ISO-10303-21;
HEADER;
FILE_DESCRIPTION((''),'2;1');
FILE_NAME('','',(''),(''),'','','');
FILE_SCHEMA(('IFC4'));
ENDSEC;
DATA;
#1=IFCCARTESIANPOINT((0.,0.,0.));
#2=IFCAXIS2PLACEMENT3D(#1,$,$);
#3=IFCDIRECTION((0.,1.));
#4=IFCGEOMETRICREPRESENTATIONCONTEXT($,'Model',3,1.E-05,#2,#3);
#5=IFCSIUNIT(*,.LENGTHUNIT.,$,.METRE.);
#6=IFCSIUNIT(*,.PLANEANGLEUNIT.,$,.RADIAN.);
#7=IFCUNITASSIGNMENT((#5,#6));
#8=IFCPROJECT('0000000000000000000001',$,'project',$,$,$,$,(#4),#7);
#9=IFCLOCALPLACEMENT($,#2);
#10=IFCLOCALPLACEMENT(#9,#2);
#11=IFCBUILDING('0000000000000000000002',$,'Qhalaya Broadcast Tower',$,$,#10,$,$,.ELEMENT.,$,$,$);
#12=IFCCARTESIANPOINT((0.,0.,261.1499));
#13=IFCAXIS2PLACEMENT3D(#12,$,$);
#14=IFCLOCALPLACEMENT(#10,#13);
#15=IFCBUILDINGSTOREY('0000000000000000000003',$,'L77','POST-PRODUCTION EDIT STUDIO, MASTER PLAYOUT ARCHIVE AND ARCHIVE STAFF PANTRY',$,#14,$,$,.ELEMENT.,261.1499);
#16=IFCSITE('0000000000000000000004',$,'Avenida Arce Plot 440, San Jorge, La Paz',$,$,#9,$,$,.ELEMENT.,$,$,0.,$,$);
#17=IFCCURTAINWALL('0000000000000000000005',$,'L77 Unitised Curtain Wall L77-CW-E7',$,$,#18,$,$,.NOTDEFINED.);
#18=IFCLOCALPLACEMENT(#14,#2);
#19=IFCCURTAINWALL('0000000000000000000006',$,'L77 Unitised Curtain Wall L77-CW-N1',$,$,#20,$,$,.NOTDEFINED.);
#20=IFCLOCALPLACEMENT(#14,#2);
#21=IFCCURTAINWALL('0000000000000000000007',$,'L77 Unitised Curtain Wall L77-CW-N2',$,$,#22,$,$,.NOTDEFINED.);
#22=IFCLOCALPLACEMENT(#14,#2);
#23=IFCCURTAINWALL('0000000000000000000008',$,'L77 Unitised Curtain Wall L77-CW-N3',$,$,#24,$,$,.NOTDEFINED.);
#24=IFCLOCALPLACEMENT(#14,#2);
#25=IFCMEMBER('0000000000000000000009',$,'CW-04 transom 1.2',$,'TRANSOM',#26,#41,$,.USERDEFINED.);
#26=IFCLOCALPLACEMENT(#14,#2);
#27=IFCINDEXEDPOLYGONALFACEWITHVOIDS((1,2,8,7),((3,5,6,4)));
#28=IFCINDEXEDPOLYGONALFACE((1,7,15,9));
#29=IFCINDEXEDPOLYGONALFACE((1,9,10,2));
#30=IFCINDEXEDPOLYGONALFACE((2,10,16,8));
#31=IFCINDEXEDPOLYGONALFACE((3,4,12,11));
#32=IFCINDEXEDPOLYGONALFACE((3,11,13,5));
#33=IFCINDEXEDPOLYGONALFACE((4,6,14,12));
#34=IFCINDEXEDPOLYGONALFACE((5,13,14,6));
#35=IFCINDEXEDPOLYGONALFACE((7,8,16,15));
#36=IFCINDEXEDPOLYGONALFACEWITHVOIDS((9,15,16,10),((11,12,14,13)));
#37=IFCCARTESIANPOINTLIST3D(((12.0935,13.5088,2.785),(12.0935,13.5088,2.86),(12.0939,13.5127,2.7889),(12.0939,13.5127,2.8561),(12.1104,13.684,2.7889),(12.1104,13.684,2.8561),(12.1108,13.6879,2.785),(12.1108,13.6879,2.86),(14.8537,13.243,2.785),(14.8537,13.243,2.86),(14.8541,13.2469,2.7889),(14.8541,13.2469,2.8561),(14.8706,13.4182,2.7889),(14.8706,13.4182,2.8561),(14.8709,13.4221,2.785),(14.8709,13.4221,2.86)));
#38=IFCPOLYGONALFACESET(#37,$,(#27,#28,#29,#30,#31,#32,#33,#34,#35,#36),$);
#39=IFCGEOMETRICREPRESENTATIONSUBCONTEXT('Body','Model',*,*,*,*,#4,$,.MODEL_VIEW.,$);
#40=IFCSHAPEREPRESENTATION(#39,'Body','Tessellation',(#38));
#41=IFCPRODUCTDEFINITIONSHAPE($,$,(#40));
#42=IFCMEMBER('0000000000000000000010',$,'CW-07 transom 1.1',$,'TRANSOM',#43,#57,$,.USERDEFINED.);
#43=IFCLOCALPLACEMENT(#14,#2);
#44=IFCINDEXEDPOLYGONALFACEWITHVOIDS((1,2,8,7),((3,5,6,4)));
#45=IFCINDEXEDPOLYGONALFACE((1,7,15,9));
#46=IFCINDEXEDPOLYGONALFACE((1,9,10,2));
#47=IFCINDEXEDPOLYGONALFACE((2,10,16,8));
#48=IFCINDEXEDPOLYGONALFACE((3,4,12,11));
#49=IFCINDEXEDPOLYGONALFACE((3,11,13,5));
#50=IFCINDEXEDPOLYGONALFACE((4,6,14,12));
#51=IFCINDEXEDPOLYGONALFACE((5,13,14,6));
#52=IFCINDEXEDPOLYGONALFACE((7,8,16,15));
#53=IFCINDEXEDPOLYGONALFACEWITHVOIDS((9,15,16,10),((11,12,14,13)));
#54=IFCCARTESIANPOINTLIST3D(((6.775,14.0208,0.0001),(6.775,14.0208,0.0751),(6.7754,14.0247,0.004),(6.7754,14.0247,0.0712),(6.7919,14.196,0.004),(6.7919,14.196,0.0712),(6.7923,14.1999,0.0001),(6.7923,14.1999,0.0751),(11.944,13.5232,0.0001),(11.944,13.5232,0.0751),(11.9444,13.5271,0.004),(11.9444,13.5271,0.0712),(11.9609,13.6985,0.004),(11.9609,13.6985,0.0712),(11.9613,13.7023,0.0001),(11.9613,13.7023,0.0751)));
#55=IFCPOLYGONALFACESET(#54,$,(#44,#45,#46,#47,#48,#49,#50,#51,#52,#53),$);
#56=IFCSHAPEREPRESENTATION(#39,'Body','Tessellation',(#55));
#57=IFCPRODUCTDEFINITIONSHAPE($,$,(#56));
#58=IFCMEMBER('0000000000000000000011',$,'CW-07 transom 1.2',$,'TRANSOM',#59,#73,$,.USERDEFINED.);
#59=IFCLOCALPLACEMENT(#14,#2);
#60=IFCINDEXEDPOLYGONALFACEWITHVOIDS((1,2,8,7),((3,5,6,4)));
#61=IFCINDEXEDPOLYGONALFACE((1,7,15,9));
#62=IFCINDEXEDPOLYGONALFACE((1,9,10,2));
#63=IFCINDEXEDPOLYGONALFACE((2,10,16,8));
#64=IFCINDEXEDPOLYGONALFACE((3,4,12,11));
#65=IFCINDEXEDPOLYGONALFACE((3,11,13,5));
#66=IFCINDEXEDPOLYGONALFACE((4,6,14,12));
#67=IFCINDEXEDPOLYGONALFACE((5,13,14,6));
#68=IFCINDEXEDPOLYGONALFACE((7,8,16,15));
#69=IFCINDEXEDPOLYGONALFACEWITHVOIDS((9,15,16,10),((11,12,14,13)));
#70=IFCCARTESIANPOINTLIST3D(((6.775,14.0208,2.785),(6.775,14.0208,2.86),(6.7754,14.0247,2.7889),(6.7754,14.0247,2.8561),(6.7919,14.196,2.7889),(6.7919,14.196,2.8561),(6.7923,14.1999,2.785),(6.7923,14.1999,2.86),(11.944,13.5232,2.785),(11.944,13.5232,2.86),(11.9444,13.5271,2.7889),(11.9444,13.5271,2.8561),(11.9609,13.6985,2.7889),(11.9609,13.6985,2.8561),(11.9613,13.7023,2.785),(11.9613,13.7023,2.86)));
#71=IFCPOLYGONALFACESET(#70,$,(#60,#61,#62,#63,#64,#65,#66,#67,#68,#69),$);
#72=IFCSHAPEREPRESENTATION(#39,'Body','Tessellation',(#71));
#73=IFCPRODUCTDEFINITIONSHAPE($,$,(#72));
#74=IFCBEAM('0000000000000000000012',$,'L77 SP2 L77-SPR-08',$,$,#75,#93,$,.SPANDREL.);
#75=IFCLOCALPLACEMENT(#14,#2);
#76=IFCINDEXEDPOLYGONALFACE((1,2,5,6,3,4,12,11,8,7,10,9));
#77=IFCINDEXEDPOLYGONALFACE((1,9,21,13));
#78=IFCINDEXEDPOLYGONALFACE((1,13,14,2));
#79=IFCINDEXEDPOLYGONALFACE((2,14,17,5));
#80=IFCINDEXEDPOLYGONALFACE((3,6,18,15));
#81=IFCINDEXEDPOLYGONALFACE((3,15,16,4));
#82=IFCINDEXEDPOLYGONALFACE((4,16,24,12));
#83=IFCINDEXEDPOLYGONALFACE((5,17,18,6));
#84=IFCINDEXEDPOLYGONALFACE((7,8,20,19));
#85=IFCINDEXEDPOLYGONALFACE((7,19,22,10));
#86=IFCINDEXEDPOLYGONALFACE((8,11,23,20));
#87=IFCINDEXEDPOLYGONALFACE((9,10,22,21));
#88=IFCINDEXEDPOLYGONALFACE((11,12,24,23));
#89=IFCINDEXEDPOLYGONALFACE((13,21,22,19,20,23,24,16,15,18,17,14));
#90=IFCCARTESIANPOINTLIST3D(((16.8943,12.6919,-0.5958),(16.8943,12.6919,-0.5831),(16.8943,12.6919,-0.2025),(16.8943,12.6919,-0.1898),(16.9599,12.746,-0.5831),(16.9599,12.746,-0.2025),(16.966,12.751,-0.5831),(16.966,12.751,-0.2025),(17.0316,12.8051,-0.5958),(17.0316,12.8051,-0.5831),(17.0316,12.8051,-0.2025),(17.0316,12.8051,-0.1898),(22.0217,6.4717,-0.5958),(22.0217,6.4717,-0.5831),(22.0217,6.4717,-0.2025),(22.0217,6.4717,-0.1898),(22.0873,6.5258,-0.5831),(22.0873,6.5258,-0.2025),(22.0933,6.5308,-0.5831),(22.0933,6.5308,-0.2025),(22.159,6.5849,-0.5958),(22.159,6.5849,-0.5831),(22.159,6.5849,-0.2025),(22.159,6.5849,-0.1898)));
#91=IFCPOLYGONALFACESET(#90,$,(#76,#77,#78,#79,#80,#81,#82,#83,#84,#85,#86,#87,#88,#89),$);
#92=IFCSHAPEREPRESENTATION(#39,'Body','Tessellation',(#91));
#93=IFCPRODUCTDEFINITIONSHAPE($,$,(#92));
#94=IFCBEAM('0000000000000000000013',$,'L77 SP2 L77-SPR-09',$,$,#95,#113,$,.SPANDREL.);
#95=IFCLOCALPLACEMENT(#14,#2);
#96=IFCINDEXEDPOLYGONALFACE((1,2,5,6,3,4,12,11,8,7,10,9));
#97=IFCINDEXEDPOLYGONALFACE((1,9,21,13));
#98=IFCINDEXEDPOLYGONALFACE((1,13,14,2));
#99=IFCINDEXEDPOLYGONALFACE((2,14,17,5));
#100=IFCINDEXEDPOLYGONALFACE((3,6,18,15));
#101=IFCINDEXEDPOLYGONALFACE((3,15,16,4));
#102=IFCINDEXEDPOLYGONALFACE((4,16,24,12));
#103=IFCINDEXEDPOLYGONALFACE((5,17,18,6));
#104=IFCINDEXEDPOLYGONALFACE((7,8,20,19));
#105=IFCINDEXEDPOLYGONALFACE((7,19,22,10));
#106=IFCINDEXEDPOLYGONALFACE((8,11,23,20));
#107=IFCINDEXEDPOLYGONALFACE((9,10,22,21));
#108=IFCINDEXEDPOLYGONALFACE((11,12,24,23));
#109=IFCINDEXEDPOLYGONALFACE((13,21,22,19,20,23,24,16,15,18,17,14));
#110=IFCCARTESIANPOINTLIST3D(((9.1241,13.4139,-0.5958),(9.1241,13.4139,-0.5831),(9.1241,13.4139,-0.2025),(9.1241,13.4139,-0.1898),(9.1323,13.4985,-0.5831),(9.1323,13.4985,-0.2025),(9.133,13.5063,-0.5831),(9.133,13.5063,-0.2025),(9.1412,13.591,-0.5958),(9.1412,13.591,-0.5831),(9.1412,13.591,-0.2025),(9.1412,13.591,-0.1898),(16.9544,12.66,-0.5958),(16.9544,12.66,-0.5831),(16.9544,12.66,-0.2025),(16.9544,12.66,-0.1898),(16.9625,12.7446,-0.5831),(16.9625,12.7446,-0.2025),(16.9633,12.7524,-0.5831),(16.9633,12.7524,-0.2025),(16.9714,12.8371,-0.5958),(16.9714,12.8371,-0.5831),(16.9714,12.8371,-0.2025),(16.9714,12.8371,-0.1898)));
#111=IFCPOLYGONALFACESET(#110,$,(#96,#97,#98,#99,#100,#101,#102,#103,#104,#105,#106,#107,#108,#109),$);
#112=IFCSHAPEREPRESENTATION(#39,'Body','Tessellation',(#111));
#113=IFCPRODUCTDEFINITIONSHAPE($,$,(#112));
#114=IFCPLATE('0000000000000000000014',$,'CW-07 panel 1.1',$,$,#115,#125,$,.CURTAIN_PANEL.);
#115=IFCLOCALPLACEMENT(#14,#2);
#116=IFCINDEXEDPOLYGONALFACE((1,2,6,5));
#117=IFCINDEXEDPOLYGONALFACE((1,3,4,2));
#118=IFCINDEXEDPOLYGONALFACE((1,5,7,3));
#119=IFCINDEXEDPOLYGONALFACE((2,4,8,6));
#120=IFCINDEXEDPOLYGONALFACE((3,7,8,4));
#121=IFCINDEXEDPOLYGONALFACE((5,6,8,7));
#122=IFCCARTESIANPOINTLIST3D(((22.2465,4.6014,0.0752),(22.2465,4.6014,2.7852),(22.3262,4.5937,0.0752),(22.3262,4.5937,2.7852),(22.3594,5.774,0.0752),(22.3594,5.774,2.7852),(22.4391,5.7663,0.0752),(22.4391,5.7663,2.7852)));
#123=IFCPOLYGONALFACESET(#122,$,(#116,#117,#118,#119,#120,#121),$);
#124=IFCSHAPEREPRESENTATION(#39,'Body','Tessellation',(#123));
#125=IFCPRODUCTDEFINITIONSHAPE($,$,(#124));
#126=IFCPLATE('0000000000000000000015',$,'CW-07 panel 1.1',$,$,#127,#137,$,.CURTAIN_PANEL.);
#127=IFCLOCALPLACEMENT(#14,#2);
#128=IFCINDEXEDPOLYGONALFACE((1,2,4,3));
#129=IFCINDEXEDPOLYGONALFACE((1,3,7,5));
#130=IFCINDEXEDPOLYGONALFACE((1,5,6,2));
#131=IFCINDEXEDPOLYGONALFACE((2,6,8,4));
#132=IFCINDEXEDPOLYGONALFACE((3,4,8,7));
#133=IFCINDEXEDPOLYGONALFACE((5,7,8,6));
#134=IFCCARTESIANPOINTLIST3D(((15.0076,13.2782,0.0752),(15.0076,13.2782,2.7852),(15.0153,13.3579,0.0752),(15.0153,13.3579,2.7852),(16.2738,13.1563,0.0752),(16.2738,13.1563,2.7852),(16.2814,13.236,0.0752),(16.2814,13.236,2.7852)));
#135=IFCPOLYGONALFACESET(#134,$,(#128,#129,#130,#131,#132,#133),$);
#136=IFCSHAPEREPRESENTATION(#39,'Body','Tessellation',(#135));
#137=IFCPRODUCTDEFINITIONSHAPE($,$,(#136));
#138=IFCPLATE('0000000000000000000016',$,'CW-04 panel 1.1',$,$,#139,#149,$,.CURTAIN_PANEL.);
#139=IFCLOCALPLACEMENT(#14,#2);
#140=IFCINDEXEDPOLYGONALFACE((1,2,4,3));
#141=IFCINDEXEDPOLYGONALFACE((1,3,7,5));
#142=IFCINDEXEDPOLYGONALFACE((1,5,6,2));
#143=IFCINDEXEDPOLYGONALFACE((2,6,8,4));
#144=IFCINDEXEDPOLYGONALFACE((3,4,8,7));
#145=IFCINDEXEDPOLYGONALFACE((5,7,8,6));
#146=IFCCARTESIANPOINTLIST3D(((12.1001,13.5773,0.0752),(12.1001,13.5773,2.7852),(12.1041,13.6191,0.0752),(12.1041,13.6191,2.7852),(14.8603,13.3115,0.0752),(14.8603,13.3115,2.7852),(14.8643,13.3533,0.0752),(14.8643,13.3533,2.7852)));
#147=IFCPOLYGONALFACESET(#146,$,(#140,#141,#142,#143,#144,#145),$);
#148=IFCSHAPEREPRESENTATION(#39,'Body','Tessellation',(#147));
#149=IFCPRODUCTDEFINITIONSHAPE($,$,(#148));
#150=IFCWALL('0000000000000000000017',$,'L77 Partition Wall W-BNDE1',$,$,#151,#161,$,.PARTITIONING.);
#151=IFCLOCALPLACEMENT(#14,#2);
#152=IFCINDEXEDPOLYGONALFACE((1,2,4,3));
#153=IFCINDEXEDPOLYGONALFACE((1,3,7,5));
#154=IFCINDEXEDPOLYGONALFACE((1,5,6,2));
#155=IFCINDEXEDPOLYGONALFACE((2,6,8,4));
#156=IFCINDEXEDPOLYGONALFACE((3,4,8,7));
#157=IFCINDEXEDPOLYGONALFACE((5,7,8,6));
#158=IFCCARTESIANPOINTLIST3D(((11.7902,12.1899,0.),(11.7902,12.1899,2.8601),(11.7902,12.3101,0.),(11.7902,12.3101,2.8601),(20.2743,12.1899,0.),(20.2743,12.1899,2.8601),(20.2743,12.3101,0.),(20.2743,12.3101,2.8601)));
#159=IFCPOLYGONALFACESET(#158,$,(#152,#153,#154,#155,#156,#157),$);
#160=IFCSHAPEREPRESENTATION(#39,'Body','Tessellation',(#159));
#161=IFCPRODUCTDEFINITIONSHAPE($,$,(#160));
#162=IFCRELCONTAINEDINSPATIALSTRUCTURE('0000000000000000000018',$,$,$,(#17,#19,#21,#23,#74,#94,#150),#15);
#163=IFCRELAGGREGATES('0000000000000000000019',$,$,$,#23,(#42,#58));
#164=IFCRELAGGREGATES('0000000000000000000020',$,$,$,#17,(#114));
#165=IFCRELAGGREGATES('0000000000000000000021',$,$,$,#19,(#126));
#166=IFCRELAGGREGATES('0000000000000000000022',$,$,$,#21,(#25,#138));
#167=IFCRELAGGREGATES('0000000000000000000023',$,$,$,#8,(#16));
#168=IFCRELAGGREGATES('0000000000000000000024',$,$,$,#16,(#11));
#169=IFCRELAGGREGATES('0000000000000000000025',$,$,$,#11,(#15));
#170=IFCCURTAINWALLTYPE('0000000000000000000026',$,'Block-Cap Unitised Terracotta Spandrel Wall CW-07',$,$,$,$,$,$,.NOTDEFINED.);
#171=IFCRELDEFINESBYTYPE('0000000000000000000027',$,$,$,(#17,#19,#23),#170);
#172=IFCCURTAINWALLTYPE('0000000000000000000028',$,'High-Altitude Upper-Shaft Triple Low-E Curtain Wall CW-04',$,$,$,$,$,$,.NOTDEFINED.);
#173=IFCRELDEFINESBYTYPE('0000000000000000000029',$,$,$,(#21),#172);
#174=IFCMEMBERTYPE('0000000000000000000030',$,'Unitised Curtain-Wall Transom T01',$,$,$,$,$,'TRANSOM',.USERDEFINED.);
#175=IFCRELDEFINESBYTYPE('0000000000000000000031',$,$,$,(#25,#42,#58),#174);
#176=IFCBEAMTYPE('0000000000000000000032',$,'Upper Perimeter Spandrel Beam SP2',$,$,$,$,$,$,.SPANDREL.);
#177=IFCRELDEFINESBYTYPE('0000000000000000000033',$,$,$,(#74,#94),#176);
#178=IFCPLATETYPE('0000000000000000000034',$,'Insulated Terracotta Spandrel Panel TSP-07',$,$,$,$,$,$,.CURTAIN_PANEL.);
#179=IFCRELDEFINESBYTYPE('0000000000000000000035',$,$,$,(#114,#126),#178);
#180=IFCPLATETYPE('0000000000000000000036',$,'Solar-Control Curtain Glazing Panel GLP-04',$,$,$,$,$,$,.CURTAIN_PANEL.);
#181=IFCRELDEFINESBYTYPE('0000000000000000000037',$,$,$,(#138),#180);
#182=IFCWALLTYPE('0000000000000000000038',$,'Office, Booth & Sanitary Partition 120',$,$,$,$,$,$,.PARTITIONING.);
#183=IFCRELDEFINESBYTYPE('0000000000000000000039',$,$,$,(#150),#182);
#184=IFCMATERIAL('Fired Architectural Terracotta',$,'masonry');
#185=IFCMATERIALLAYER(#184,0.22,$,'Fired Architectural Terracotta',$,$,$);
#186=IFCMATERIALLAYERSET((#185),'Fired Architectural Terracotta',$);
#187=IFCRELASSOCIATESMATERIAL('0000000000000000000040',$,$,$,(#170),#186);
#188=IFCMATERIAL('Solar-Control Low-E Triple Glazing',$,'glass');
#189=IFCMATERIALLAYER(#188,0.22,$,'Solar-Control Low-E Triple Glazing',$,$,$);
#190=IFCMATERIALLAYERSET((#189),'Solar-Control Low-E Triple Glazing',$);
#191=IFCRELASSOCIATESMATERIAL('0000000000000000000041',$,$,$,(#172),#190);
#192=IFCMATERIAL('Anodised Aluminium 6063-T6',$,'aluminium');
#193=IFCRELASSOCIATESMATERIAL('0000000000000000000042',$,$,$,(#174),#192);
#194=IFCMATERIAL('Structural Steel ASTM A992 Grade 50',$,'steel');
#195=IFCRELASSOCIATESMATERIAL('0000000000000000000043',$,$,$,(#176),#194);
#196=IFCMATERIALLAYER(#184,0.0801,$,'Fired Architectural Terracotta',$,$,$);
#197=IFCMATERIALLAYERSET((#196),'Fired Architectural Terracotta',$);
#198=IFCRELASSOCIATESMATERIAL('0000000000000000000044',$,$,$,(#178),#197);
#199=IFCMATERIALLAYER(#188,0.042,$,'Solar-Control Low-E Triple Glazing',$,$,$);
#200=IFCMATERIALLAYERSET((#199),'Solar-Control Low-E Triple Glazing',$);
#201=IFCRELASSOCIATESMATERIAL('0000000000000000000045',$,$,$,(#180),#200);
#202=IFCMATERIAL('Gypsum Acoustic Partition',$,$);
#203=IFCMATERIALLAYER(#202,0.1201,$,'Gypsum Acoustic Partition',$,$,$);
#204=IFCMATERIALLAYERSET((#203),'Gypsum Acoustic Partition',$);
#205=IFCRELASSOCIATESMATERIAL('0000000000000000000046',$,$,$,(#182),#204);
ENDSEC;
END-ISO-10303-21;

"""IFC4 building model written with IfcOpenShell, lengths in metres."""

from ifc_helpers import new_model, si_unit, direction, frame, frame_2d, origin, origin_2d, place, context, subcontext, project, spatial, rectangle, hollow_rectangle, i_section, extrude, material, layer, layer_set, material_profile, profile_set, type_object, element, aggregate, save


model = new_model("IFC4")

# Units and contexts
model_context = context("Model", 3, precision=1e-05, world=origin(), true_north=direction((0.0, 1.0)))
body_context = subcontext(model_context, "Body", "Model", "MODEL_VIEW")
ifc_project = project(units=[si_unit("LENGTHUNIT", "METRE"), si_unit("PLANEANGLEUNIT", "RADIAN")], contexts=[model_context])

# Site, building, storey
site_placement = place(None, origin())
site = spatial("IfcSite", under=ifc_project, at=site_placement, Name="Avenida Arce Plot 440, San Jorge, La Paz", CompositionType="ELEMENT", RefElevation=0.0)
building_placement = place(site_placement, origin())
building = spatial("IfcBuilding", under=site, at=building_placement, Name="Qhalaya Broadcast Tower", CompositionType="ELEMENT")
storey_placement = place(building_placement, frame((0.0, 0.0, 261.1499)))
storey = spatial("IfcBuildingStorey", under=building, at=storey_placement, Name="L77", Description="POST-PRODUCTION EDIT STUDIO, MASTER PLAYOUT ARCHIVE AND ARCHIVE STAFF PANTRY", CompositionType="ELEMENT", Elevation=261.1499)

# Curtain wall
ifc_material_1 = material(Name="Fired Architectural Terracotta", Category="masonry")
ifc_layer_1 = layer(ifc_material_1, 0.22, Name="Fired Architectural Terracotta")
ifc_layer_set_1 = layer_set([ifc_layer_1], Name="Fired Architectural Terracotta")
curtain_wall_type_1 = type_object("IfcCurtainWallType", Name="Block-Cap Unitised Terracotta Spandrel Wall CW-07", PredefinedType="NOTDEFINED", material=ifc_layer_set_1)
curtain_wall_1_placement = place(storey_placement, origin())
curtain_wall_1 = element("IfcCurtainWall", 1, at=curtain_wall_1_placement, inside=storey, type_object=curtain_wall_type_1, Name="L77 Unitised Curtain Wall L77-CW-E7", PredefinedType="NOTDEFINED")
ifc_material_2 = material(Name="Anodised Aluminium 6063-T6", Category="aluminium")

# Curtain walls
curtain_wall_2_placement = place(storey_placement, origin())
curtain_wall_2 = element("IfcCurtainWall", 2, at=curtain_wall_2_placement, inside=storey, type_object=curtain_wall_type_1, Name="L77 Unitised Curtain Wall L77-CW-N1", PredefinedType="NOTDEFINED")
ifc_material_3 = material(Name="Solar-Control Low-E Triple Glazing", Category="glass")
ifc_layer_2 = layer(ifc_material_3, 0.22, Name="Solar-Control Low-E Triple Glazing")
ifc_layer_set_2 = layer_set([ifc_layer_2], Name="Solar-Control Low-E Triple Glazing")
curtain_wall_type_2 = type_object("IfcCurtainWallType", Name="High-Altitude Upper-Shaft Triple Low-E Curtain Wall CW-04", PredefinedType="NOTDEFINED", material=ifc_layer_set_2)
curtain_wall_3_placement = place(storey_placement, origin())
curtain_wall_3 = element("IfcCurtainWall", 3, at=curtain_wall_3_placement, inside=storey, type_object=curtain_wall_type_2, Name="L77 Unitised Curtain Wall L77-CW-N2", PredefinedType="NOTDEFINED")

# Curtain wall
curtain_wall_4_placement = place(storey_placement, origin())
curtain_wall_4 = element("IfcCurtainWall", 4, at=curtain_wall_4_placement, inside=storey, type_object=curtain_wall_type_1, Name="L77 Unitised Curtain Wall L77-CW-N3", PredefinedType="NOTDEFINED")

# Members
ifc_material_profile_1 = material_profile(ifc_material_2, hollow_rectangle(XDim=0.075, YDim=0.1799, WallThickness=0.0039, at=origin_2d()), Name="ALU-TRN 75x180x4")
ifc_profile_set_1 = profile_set([ifc_material_profile_1], Name="Anodised Aluminium 6063-T6")
member_type_1 = type_object("IfcMemberType", Name="Unitised Curtain-Wall Transom T01", ElementType="TRANSOM", PredefinedType="USERDEFINED", material=ifc_profile_set_1)
member_1_placement = place(storey_placement, frame((14.8623, 13.3325, 2.8225), z_axis=(-0.995393, 0.095877, 0.0), x_axis=(0.0, 0.0, 1.0)))
member_1 = element("IfcMember", 5, at=member_1_placement, type_object=member_type_1, Name="CW-04 transom 1.2", ObjectType="TRANSOM", PredefinedType="USERDEFINED", context=body_context, shape_type="SweptSolid", body=[
    extrude(hollow_rectangle(XDim=0.075, YDim=0.1799, WallThickness=0.0039, at=origin_2d()), origin(), (0.0, 0.0, 1.0), 2.7729),
])
member_2_placement = place(storey_placement, frame((11.9526, 13.6128, 0.0376), z_axis=(-0.995399, 0.095816, 0.0), x_axis=(0.0, 0.0, 1.0)))
member_2 = element("IfcMember", 6, at=member_2_placement, type_object=member_type_1, Name="CW-07 transom 1.1", ObjectType="TRANSOM", PredefinedType="USERDEFINED", context=body_context, shape_type="SweptSolid", body=[
    extrude(hollow_rectangle(XDim=0.075, YDim=0.1799, WallThickness=0.0039, at=origin_2d()), origin(), (0.0, 0.0, 1.0), 5.1929),
])
member_3_placement = place(storey_placement, frame((11.9526, 13.6128, 2.8225), z_axis=(-0.995399, 0.095816, 0.0), x_axis=(0.0, 0.0, 1.0)))
member_3 = element("IfcMember", 7, at=member_3_placement, type_object=member_type_1, Name="CW-07 transom 1.2", ObjectType="TRANSOM", PredefinedType="USERDEFINED", context=body_context, shape_type="SweptSolid", body=[
    extrude(hollow_rectangle(XDim=0.075, YDim=0.1799, WallThickness=0.0039, at=origin_2d()), origin(), (0.0, 0.0, 1.0), 5.1929),
])
aggregate(curtain_wall_4, [member_2, member_3])

# Beams
ifc_material_4 = material(Name="Structural Steel ASTM A992 Grade 50", Category="steel")
ifc_material_profile_2 = material_profile(ifc_material_4, i_section(OverallWidth=0.178, OverallDepth=0.406, WebThickness=0.0078, FlangeThickness=0.0127, at=origin_2d()), Name="W16X40")
ifc_profile_set_2 = profile_set([ifc_material_profile_2], Name="Structural Steel ASTM A992 Grade 50")
beam_type = type_object("IfcBeamType", Name="Upper Perimeter Spandrel Beam SP2", PredefinedType="SPANDREL", material=ifc_profile_set_2)
beam_1_placement = place(storey_placement, frame((22.0903, 6.5283, -0.3928), z_axis=(-0.63607, 0.771631, 0.0), x_axis=(-0.771631, -0.63607, 0.0)))
element("IfcBeam", 8, at=beam_1_placement, inside=storey, type_object=beam_type, Name="L77 SP2 L77-SPR-08", PredefinedType="SPANDREL", context=body_context, shape_type="SweptSolid", body=[
    extrude(i_section(OverallWidth=0.178, OverallDepth=0.406, WebThickness=0.0078, FlangeThickness=0.0127, at=origin_2d()), origin(), (0.0, 0.0, 1.0), 8.061),
])
beam_2_placement = place(storey_placement, frame((16.9629, 12.7485, -0.3928), z_axis=(-0.995397, 0.095837, 0.0), x_axis=(-0.095837, -0.995397, 0.0)))
element("IfcBeam", 9, at=beam_2_placement, inside=storey, type_object=beam_type, Name="L77 SP2 L77-SPR-09", PredefinedType="SPANDREL", context=body_context, shape_type="SweptSolid", body=[
    extrude(i_section(OverallWidth=0.178, OverallDepth=0.406, WebThickness=0.0078, FlangeThickness=0.0127, at=origin_2d()), origin(), (0.0, 0.0, 1.0), 7.8665),
])

# Plates
ifc_layer_3 = layer(ifc_material_1, 0.0801, Name="Fired Architectural Terracotta")
ifc_layer_set_3 = layer_set([ifc_layer_3], Name="Fired Architectural Terracotta")
plate_type_1 = type_object("IfcPlateType", Name="Insulated Terracotta Spandrel Panel TSP-07", PredefinedType="CURTAIN_PANEL", material=ifc_layer_set_3)
plate_1_placement = place(storey_placement, frame((22.3428, 5.1838, 0.0752), z_axis=(0.0, 0.0, 1.0), x_axis=(0.095857, 0.995395, 0.0)))
plate_1 = element("IfcPlate", 10, at=plate_1_placement, type_object=plate_type_1, Name="CW-07 panel 1.1", PredefinedType="CURTAIN_PANEL", context=body_context, shape_type="SweptSolid", body=[
    extrude(rectangle(XDim=1.178, YDim=0.0801, at=origin_2d()), origin(), (0.0, 0.0, 1.0), 2.71),
])
aggregate(curtain_wall_1, [plate_1])
plate_2_placement = place(storey_placement, frame((15.6445, 13.2571, 0.0752), z_axis=(0.0, 0.0, 1.0), x_axis=(-0.995396, 0.095848, 0.0)))
plate_2 = element("IfcPlate", 11, at=plate_2_placement, type_object=plate_type_1, Name="CW-07 panel 1.1", PredefinedType="CURTAIN_PANEL", context=body_context, shape_type="SweptSolid", body=[
    extrude(rectangle(XDim=1.272, YDim=0.0801, at=origin_2d()), origin(), (0.0, 0.0, 1.0), 2.71),
])
aggregate(curtain_wall_2, [plate_2])
ifc_layer_4 = layer(ifc_material_3, 0.042, Name="Solar-Control Low-E Triple Glazing")
ifc_layer_set_4 = layer_set([ifc_layer_4], Name="Solar-Control Low-E Triple Glazing")
plate_type_2 = type_object("IfcPlateType", Name="Solar-Control Curtain Glazing Panel GLP-04", PredefinedType="CURTAIN_PANEL", material=ifc_layer_set_4)
plate_3_placement = place(storey_placement, frame((13.4822, 13.4653, 0.0752), z_axis=(0.0, 0.0, 1.0), x_axis=(-0.995395, 0.095862, 0.0)))
plate_3 = element("IfcPlate", 12, at=plate_3_placement, type_object=plate_type_2, Name="CW-04 panel 1.1", PredefinedType="CURTAIN_PANEL", context=body_context, shape_type="SweptSolid", body=[
    extrude(rectangle(XDim=2.7729, YDim=0.042, at=origin_2d()), origin(), (0.0, 0.0, 1.0), 2.71),
])
aggregate(curtain_wall_3, [member_1, plate_3])

# Wall
ifc_material_5 = material(Name="Gypsum Acoustic Partition")
ifc_layer_5 = layer(ifc_material_5, 0.1201, Name="Gypsum Acoustic Partition")
ifc_layer_set_5 = layer_set([ifc_layer_5], Name="Gypsum Acoustic Partition")
wall_type = type_object("IfcWallType", Name="Office, Booth & Sanitary Partition 120", PredefinedType="PARTITIONING", material=ifc_layer_set_5)
wall_placement = place(storey_placement, frame((11.79, 12.25, 0.0), z_axis=(0.0, 0.0, 1.0), x_axis=(1.0, 0.0, 0.0)))
element("IfcWall", 13, at=wall_placement, inside=storey, type_object=wall_type, Name="L77 Partition Wall W-BNDE1", PredefinedType="PARTITIONING", context=body_context, shape_type="SweptSolid", body=[
    extrude(rectangle(XDim=8.4841, YDim=0.1201, at=frame_2d((4.2422, 0.0))), origin(), (0.0, 0.0, 1.0), 2.8601),
])

save(model, "model.ifc")
